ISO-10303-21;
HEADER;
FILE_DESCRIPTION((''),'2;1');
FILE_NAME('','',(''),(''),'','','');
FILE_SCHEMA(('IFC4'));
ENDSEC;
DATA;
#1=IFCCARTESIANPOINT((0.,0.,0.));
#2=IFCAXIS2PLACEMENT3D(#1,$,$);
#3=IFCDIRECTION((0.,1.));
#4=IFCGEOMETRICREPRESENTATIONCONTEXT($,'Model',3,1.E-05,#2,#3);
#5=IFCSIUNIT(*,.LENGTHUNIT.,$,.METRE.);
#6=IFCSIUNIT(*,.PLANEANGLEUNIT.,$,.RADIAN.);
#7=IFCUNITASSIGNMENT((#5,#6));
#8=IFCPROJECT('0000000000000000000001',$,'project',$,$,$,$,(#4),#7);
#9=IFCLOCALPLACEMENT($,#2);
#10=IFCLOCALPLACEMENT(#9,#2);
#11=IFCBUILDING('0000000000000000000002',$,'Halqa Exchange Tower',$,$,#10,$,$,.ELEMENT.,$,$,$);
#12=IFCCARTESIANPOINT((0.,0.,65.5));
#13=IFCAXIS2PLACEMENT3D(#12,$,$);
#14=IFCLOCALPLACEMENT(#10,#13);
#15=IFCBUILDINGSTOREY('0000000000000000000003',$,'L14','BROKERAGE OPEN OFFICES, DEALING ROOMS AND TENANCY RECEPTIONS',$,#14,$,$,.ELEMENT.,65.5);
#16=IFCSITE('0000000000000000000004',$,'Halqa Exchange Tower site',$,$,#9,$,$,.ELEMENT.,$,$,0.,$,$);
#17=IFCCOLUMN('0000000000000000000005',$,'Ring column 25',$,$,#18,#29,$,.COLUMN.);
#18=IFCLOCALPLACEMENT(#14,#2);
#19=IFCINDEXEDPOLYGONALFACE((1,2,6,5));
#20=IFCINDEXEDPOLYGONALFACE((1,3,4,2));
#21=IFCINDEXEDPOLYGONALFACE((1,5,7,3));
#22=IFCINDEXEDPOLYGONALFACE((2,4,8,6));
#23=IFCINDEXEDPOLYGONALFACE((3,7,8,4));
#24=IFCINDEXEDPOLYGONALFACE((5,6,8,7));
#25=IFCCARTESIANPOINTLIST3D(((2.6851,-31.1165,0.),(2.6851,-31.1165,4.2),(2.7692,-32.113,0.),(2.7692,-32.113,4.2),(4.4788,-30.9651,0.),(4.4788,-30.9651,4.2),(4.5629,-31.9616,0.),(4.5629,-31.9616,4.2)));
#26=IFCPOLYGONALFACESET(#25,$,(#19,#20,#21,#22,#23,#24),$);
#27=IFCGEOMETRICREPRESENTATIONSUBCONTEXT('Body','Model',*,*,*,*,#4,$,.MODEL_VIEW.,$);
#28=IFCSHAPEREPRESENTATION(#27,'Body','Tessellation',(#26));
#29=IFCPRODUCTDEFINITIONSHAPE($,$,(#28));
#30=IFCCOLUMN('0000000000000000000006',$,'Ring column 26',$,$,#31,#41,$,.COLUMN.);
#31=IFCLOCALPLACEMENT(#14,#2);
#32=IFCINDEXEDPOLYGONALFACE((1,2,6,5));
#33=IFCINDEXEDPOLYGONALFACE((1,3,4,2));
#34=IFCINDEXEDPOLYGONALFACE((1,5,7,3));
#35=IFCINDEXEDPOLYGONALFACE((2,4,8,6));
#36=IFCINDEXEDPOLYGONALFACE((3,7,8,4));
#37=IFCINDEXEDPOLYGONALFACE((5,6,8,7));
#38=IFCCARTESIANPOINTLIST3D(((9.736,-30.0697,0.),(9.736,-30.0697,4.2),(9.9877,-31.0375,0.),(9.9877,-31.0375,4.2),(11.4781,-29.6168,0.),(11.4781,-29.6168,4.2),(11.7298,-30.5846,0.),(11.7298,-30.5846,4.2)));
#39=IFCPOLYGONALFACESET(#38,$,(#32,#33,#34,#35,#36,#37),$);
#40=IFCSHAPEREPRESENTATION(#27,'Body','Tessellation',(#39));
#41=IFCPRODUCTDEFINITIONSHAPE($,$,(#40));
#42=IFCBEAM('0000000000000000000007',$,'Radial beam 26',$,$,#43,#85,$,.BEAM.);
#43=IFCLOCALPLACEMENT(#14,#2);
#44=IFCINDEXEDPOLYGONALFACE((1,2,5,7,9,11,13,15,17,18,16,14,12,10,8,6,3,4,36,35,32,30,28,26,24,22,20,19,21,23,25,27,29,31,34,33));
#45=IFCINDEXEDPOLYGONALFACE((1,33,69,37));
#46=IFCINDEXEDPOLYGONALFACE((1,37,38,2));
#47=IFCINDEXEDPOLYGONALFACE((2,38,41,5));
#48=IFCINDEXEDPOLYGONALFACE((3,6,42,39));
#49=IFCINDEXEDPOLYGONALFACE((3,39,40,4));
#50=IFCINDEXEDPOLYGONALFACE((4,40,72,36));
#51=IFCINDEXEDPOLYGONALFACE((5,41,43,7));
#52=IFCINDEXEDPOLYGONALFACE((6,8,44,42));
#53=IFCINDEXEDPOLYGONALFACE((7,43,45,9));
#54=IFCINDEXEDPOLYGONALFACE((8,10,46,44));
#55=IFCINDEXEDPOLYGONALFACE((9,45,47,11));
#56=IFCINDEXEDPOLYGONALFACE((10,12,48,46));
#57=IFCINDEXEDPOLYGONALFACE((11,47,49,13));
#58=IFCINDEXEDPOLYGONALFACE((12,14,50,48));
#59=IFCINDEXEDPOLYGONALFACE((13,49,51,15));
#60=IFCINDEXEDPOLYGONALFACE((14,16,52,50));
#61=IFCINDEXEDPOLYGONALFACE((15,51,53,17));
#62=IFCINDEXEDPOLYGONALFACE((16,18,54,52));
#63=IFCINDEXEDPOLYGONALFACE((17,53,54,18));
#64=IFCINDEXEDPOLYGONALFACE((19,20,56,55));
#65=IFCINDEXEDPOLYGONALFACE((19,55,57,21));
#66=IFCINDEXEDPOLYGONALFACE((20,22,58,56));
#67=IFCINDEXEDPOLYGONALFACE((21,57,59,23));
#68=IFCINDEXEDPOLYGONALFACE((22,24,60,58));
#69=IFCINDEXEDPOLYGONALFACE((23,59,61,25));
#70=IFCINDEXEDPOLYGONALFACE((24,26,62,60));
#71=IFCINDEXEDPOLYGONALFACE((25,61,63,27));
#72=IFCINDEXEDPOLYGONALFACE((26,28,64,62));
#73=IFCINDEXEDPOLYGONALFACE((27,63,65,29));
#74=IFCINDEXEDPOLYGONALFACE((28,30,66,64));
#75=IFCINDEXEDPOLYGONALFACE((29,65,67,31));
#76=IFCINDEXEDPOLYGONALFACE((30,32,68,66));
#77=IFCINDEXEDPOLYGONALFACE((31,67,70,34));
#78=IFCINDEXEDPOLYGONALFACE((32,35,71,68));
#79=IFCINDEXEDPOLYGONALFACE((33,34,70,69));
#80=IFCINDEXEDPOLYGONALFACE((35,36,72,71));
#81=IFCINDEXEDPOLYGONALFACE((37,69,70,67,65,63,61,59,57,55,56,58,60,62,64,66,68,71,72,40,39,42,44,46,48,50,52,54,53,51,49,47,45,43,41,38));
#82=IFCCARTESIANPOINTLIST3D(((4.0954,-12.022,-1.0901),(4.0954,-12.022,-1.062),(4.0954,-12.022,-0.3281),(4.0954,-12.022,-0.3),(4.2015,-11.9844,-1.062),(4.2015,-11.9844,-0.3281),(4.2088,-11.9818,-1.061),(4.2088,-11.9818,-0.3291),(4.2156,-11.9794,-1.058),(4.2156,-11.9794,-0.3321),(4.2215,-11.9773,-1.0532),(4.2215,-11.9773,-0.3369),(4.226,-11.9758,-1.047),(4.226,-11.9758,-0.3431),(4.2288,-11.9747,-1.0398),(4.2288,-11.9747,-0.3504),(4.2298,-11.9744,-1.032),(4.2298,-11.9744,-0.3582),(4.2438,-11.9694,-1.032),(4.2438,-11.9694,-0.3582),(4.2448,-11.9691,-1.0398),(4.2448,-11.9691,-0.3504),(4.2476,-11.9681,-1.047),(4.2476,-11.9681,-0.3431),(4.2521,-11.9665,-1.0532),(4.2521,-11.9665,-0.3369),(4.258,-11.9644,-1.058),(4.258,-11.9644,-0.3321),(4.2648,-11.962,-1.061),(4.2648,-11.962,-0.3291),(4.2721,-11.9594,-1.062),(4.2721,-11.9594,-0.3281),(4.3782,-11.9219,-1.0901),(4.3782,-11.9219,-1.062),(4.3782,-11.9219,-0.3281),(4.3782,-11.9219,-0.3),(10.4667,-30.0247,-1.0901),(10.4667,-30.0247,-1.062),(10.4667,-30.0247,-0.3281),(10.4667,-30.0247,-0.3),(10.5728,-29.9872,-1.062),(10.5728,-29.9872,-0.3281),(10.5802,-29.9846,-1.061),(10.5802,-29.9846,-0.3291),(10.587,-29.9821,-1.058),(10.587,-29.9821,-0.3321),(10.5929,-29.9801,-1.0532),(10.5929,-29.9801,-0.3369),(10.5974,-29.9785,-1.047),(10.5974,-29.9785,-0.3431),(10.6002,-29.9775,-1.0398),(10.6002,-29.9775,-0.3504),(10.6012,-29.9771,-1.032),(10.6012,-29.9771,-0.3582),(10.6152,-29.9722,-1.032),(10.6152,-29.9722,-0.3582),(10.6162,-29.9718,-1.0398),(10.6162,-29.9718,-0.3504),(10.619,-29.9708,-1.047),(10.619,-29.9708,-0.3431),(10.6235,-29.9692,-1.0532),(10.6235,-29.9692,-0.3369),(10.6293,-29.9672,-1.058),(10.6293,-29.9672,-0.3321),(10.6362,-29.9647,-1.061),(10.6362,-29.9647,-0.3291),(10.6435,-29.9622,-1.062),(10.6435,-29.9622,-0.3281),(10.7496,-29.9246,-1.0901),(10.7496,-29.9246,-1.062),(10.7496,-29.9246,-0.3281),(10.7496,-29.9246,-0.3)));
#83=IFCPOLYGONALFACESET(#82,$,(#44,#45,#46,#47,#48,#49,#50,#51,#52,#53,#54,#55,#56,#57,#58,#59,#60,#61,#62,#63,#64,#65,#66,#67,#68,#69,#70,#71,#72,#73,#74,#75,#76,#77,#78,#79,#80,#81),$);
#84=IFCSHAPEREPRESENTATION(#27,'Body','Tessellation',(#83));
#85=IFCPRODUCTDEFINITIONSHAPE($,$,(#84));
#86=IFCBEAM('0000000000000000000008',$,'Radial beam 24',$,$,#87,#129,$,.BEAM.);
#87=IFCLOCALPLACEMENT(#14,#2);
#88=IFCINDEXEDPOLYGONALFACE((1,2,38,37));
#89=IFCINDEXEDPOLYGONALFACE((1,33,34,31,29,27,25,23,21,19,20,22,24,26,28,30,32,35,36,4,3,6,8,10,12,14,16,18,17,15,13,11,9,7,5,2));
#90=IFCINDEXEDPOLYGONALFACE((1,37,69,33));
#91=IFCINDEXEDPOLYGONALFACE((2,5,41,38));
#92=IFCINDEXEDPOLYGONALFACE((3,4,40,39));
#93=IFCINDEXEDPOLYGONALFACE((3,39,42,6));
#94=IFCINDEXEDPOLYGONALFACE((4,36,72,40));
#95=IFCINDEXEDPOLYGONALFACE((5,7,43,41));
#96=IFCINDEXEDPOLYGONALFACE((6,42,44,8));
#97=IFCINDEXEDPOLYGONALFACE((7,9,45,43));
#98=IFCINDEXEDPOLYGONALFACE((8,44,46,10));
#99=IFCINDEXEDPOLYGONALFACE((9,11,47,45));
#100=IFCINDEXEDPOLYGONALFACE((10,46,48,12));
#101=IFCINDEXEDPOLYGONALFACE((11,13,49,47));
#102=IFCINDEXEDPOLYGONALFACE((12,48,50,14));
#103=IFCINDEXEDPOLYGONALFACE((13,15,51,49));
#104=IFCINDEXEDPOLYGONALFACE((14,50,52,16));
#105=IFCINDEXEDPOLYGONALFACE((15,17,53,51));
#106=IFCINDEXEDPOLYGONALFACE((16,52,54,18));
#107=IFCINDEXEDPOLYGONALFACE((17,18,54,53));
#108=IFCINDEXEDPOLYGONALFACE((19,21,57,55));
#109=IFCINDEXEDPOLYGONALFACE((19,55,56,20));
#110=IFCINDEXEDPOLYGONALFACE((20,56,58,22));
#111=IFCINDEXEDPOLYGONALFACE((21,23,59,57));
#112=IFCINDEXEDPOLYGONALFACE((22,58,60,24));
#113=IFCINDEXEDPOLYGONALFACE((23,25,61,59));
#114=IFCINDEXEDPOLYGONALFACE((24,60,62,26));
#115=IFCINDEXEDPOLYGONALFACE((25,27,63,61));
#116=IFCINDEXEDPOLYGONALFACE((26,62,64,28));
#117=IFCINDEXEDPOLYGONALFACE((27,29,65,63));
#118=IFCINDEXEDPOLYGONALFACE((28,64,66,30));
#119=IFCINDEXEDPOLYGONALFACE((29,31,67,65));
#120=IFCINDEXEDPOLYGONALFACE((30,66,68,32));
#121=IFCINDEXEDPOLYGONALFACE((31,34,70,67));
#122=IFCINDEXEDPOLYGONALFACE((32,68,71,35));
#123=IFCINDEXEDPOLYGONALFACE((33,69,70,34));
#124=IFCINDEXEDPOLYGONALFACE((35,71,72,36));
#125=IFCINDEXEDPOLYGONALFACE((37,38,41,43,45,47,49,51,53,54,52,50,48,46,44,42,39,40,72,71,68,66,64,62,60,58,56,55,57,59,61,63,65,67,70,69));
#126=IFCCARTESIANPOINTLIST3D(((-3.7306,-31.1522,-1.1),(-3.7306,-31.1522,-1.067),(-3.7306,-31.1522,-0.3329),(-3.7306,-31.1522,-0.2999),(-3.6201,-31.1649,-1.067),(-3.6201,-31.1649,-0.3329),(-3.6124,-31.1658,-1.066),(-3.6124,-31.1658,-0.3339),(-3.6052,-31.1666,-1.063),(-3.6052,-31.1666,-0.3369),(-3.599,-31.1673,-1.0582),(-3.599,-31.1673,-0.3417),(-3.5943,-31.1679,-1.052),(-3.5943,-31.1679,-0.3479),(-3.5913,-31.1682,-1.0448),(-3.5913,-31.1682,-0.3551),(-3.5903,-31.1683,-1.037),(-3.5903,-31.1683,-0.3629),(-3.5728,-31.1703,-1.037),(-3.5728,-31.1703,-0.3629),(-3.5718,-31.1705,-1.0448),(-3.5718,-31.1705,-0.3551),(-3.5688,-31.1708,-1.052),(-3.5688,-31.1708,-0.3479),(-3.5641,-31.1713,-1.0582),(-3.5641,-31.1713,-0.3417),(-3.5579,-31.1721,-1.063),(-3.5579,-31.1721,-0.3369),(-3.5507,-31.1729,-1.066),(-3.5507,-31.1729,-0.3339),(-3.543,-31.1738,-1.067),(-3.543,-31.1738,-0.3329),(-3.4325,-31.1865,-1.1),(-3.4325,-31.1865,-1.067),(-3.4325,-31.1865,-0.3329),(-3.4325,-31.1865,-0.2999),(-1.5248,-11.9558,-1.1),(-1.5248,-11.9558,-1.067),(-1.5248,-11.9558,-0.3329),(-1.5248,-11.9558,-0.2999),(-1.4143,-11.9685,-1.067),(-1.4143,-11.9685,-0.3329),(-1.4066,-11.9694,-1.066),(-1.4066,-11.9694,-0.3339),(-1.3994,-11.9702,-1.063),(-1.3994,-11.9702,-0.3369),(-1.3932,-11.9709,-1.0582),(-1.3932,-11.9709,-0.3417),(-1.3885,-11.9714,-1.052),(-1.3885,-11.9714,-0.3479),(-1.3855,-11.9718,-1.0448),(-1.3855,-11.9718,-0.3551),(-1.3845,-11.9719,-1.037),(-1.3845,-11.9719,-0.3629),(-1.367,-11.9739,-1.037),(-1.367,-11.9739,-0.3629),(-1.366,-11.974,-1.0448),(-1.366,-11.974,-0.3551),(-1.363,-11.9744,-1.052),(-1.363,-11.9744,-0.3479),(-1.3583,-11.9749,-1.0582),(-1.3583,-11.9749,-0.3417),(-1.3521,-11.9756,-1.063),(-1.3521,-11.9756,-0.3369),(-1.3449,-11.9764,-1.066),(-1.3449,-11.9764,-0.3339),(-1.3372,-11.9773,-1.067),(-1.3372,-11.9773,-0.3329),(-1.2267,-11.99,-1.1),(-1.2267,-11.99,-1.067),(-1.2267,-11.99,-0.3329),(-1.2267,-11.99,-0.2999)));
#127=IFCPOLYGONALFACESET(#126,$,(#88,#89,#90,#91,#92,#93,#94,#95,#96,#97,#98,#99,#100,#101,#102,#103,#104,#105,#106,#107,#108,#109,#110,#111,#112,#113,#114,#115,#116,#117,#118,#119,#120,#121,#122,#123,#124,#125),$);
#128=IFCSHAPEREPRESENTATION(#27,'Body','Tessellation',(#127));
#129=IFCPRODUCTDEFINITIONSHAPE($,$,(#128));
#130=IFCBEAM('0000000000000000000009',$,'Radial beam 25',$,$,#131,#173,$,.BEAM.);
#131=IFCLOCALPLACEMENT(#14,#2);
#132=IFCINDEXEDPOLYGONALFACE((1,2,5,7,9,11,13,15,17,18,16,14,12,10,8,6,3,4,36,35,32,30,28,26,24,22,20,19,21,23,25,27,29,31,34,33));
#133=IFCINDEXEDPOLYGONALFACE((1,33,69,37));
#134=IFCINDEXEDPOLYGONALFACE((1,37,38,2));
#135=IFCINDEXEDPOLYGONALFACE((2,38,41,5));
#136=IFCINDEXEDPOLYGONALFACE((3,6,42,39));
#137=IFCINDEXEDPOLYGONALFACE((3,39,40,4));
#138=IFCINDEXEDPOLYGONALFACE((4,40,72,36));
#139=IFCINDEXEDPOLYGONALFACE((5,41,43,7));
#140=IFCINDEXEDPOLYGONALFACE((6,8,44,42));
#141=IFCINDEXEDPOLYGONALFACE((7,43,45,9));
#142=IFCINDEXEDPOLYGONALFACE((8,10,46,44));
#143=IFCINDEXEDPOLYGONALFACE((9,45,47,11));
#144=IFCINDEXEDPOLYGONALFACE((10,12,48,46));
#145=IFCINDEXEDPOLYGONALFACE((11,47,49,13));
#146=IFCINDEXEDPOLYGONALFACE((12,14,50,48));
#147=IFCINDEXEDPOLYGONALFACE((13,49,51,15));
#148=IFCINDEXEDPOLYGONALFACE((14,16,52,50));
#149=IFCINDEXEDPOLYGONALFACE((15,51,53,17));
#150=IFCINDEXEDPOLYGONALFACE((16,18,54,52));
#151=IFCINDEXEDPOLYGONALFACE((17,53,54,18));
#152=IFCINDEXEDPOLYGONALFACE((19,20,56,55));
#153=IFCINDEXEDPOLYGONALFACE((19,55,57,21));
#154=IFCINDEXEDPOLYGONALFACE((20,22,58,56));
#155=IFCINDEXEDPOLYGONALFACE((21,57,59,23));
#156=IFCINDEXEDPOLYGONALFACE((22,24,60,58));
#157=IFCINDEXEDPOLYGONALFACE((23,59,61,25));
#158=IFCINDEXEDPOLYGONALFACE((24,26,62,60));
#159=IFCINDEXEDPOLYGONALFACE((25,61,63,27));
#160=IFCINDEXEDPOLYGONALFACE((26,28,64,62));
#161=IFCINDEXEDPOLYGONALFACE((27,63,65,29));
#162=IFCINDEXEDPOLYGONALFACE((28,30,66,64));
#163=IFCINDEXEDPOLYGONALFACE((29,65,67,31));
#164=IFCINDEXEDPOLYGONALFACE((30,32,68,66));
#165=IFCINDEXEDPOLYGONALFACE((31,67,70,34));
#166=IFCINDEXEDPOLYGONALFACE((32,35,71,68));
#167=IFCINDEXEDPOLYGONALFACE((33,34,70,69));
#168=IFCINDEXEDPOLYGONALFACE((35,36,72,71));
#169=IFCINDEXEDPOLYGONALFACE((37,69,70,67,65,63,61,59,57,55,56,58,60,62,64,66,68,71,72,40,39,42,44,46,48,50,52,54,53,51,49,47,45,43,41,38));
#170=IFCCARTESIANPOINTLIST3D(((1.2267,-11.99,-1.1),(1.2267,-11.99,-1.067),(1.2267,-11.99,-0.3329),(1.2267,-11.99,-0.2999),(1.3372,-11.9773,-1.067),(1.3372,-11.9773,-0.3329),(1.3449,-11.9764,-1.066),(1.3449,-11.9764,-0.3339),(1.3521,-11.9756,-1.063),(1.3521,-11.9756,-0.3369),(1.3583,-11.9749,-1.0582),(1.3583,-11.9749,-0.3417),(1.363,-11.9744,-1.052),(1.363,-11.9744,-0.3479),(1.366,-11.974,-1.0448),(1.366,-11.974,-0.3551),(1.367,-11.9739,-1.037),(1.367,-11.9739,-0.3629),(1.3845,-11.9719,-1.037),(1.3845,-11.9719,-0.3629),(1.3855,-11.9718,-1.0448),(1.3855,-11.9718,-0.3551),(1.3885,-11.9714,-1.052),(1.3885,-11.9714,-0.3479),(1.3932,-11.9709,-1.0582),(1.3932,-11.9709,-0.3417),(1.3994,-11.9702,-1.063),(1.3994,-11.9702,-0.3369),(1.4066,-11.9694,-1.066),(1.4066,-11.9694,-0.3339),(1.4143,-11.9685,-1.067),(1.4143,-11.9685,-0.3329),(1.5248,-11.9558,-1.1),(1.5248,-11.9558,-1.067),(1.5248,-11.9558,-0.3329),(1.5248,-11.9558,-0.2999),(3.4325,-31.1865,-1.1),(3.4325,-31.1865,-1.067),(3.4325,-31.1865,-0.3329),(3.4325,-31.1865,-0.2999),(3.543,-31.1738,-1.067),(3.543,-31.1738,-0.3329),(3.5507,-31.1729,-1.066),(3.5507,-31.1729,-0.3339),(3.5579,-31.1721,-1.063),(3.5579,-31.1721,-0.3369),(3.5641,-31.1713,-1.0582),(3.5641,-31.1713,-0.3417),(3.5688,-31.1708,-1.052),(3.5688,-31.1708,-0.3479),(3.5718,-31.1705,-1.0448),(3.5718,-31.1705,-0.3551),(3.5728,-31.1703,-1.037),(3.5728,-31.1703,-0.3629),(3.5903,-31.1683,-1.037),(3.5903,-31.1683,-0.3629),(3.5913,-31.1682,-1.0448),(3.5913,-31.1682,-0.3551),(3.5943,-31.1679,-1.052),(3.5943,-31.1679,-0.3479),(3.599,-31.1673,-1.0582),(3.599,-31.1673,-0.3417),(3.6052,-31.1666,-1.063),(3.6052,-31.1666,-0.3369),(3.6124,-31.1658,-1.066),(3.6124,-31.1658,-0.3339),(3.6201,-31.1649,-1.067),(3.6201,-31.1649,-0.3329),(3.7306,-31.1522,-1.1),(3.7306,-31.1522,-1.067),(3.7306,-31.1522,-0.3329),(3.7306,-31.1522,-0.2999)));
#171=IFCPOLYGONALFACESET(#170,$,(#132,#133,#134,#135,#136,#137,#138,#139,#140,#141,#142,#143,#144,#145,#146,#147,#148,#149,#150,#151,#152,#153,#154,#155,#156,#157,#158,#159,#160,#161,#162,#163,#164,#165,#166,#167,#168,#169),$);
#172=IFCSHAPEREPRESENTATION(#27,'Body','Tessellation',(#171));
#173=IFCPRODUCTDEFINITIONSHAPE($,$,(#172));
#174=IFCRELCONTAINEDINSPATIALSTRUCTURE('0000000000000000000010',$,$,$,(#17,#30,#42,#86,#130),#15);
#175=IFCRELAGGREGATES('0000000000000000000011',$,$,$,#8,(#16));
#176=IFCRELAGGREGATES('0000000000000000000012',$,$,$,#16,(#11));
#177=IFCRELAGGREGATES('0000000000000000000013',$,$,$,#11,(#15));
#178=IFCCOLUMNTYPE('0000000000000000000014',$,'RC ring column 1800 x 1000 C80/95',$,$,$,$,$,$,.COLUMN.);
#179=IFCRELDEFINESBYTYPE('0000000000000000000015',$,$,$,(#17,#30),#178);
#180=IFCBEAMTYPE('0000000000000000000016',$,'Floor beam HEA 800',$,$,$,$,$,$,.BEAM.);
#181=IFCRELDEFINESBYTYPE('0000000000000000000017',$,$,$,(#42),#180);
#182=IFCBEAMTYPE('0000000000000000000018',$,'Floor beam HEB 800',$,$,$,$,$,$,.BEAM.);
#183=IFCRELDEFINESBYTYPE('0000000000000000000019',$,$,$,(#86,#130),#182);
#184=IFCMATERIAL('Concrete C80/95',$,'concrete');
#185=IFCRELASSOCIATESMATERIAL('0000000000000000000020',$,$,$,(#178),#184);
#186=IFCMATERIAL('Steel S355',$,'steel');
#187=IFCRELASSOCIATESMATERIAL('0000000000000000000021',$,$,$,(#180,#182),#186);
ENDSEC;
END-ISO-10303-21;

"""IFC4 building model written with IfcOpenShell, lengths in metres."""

from ifc_helpers import new_model, si_unit, direction, frame, origin, origin_2d, place, context, subcontext, project, spatial, rectangle, i_section, extrude, material, material_profile, profile_set, type_object, element, save


model = new_model("IFC4")

# Units and contexts
model_context = context("Model", 3, precision=1e-05, world=origin(), true_north=direction((0.0, 1.0)))
body_context = subcontext(model_context, "Body", "Model", "MODEL_VIEW")
ifc_project = project(units=[si_unit("LENGTHUNIT", "METRE"), si_unit("PLANEANGLEUNIT", "RADIAN")], contexts=[model_context])

# Site, building, storey
site_placement = place(None, origin())
site = spatial("IfcSite", under=ifc_project, at=site_placement, Name="Halqa Exchange Tower site", CompositionType="ELEMENT", RefElevation=0.0)
building_placement = place(site_placement, origin())
building = spatial("IfcBuilding", under=site, at=building_placement, Name="Halqa Exchange Tower", CompositionType="ELEMENT")
storey_placement = place(building_placement, frame((0.0, 0.0, 65.5)))
storey = spatial("IfcBuildingStorey", under=building, at=storey_placement, Name="L14", Description="BROKERAGE OPEN OFFICES, DEALING ROOMS AND TENANCY RECEPTIONS", CompositionType="ELEMENT", Elevation=65.5)

# Columns
ifc_material_1 = material(Name="Concrete C80/95", Category="concrete")
ifc_material_profile_1 = material_profile(ifc_material_1, rectangle(XDim=1.8, YDim=1.0, at=origin_2d()), Name="1800 x 1000")
ifc_profile_set_1 = profile_set([ifc_material_profile_1], Name="Concrete C80/95")
column_type = type_object("IfcColumnType", Name="RC ring column 1800 x 1000 C80/95", PredefinedType="COLUMN", material=ifc_profile_set_1)
for number, where, z_axis, x_axis, name in (
    (1, (3.624, -31.5391, 0.0), (0.0, 0.0, 1.0), (0.996456, 0.08412, 0.0), "Ring column 25"),
    (2, (10.7329, -30.3271, 0.0), (0.0, 0.0, 1.0), (0.96782, 0.251644, 0.0), "Ring column 26"),
):
    element("IfcColumn", number, at=place(storey_placement, frame(where, z_axis=z_axis, x_axis=x_axis)), inside=storey, type_object=column_type, Name=name, PredefinedType="COLUMN", context=body_context, shape_type="SweptSolid", body=[
        extrude(rectangle(XDim=1.8, YDim=1.0, at=origin_2d()), origin(), (0.0, 0.0, 1.0), 4.2),
    ])

# Beams
ifc_material_2 = material(Name="Steel S355", Category="steel")
ifc_material_profile_2 = material_profile(ifc_material_2, i_section(OverallWidth=0.3, OverallDepth=0.79, WebThickness=0.0149, FlangeThickness=0.0281, FilletRadius=0.03, at=origin_2d()), Name="HEA 800")
ifc_profile_set_2 = profile_set([ifc_material_profile_2], Name="Steel S355")
beam_type_1 = type_object("IfcBeamType", Name="Floor beam HEA 800", PredefinedType="BEAM", material=ifc_profile_set_2)
beam_1_placement = place(storey_placement, frame((4.2368, -11.9719, -0.6951), z_axis=(0.333632, -0.942703, 0.0), x_axis=(0.942703, 0.333632, 0.0)))
element("IfcBeam", 3, at=beam_1_placement, inside=storey, type_object=beam_type_1, Name="Radial beam 26", PredefinedType="BEAM", context=body_context, shape_type="SweptSolid", body=[
    extrude(i_section(OverallWidth=0.3, OverallDepth=0.79, WebThickness=0.0149, FlangeThickness=0.0281, FilletRadius=0.03, at=origin_2d()), origin(), (0.0, 0.0, 1.0), 19.0969),
])
ifc_material_profile_3 = material_profile(ifc_material_2, i_section(OverallWidth=0.3, OverallDepth=0.8, WebThickness=0.0176, FlangeThickness=0.033, FilletRadius=0.03, at=origin_2d()), Name="HEB 800")
ifc_profile_set_3 = profile_set([ifc_material_profile_3], Name="Steel S355")
beam_type_2 = type_object("IfcBeamType", Name="Floor beam HEB 800", PredefinedType="BEAM", material=ifc_profile_set_3)
for number, where, z_axis, x_axis, name in (
    (4, (-1.3757, -11.9729, -0.7), (-0.114156, -0.993463, 0.0), (0.993463, -0.114156, 0.0), "Radial beam 24"),
    (5, (1.3757, -11.9729, -0.7), (0.114156, -0.993463, 0.0), (0.993463, 0.114156, 0.0), "Radial beam 25"),
):
    element("IfcBeam", number, at=place(storey_placement, frame(where, z_axis=z_axis, x_axis=x_axis)), inside=storey, type_object=beam_type_2, Name=name, PredefinedType="BEAM", context=body_context, shape_type="SweptSolid", body=[
        extrude(i_section(OverallWidth=0.3, OverallDepth=0.8, WebThickness=0.0176, FlangeThickness=0.033, FilletRadius=0.03, at=origin_2d()), origin(), (0.0, 0.0, 1.0), 19.3228),
    ])

save(model, "model.ifc")
